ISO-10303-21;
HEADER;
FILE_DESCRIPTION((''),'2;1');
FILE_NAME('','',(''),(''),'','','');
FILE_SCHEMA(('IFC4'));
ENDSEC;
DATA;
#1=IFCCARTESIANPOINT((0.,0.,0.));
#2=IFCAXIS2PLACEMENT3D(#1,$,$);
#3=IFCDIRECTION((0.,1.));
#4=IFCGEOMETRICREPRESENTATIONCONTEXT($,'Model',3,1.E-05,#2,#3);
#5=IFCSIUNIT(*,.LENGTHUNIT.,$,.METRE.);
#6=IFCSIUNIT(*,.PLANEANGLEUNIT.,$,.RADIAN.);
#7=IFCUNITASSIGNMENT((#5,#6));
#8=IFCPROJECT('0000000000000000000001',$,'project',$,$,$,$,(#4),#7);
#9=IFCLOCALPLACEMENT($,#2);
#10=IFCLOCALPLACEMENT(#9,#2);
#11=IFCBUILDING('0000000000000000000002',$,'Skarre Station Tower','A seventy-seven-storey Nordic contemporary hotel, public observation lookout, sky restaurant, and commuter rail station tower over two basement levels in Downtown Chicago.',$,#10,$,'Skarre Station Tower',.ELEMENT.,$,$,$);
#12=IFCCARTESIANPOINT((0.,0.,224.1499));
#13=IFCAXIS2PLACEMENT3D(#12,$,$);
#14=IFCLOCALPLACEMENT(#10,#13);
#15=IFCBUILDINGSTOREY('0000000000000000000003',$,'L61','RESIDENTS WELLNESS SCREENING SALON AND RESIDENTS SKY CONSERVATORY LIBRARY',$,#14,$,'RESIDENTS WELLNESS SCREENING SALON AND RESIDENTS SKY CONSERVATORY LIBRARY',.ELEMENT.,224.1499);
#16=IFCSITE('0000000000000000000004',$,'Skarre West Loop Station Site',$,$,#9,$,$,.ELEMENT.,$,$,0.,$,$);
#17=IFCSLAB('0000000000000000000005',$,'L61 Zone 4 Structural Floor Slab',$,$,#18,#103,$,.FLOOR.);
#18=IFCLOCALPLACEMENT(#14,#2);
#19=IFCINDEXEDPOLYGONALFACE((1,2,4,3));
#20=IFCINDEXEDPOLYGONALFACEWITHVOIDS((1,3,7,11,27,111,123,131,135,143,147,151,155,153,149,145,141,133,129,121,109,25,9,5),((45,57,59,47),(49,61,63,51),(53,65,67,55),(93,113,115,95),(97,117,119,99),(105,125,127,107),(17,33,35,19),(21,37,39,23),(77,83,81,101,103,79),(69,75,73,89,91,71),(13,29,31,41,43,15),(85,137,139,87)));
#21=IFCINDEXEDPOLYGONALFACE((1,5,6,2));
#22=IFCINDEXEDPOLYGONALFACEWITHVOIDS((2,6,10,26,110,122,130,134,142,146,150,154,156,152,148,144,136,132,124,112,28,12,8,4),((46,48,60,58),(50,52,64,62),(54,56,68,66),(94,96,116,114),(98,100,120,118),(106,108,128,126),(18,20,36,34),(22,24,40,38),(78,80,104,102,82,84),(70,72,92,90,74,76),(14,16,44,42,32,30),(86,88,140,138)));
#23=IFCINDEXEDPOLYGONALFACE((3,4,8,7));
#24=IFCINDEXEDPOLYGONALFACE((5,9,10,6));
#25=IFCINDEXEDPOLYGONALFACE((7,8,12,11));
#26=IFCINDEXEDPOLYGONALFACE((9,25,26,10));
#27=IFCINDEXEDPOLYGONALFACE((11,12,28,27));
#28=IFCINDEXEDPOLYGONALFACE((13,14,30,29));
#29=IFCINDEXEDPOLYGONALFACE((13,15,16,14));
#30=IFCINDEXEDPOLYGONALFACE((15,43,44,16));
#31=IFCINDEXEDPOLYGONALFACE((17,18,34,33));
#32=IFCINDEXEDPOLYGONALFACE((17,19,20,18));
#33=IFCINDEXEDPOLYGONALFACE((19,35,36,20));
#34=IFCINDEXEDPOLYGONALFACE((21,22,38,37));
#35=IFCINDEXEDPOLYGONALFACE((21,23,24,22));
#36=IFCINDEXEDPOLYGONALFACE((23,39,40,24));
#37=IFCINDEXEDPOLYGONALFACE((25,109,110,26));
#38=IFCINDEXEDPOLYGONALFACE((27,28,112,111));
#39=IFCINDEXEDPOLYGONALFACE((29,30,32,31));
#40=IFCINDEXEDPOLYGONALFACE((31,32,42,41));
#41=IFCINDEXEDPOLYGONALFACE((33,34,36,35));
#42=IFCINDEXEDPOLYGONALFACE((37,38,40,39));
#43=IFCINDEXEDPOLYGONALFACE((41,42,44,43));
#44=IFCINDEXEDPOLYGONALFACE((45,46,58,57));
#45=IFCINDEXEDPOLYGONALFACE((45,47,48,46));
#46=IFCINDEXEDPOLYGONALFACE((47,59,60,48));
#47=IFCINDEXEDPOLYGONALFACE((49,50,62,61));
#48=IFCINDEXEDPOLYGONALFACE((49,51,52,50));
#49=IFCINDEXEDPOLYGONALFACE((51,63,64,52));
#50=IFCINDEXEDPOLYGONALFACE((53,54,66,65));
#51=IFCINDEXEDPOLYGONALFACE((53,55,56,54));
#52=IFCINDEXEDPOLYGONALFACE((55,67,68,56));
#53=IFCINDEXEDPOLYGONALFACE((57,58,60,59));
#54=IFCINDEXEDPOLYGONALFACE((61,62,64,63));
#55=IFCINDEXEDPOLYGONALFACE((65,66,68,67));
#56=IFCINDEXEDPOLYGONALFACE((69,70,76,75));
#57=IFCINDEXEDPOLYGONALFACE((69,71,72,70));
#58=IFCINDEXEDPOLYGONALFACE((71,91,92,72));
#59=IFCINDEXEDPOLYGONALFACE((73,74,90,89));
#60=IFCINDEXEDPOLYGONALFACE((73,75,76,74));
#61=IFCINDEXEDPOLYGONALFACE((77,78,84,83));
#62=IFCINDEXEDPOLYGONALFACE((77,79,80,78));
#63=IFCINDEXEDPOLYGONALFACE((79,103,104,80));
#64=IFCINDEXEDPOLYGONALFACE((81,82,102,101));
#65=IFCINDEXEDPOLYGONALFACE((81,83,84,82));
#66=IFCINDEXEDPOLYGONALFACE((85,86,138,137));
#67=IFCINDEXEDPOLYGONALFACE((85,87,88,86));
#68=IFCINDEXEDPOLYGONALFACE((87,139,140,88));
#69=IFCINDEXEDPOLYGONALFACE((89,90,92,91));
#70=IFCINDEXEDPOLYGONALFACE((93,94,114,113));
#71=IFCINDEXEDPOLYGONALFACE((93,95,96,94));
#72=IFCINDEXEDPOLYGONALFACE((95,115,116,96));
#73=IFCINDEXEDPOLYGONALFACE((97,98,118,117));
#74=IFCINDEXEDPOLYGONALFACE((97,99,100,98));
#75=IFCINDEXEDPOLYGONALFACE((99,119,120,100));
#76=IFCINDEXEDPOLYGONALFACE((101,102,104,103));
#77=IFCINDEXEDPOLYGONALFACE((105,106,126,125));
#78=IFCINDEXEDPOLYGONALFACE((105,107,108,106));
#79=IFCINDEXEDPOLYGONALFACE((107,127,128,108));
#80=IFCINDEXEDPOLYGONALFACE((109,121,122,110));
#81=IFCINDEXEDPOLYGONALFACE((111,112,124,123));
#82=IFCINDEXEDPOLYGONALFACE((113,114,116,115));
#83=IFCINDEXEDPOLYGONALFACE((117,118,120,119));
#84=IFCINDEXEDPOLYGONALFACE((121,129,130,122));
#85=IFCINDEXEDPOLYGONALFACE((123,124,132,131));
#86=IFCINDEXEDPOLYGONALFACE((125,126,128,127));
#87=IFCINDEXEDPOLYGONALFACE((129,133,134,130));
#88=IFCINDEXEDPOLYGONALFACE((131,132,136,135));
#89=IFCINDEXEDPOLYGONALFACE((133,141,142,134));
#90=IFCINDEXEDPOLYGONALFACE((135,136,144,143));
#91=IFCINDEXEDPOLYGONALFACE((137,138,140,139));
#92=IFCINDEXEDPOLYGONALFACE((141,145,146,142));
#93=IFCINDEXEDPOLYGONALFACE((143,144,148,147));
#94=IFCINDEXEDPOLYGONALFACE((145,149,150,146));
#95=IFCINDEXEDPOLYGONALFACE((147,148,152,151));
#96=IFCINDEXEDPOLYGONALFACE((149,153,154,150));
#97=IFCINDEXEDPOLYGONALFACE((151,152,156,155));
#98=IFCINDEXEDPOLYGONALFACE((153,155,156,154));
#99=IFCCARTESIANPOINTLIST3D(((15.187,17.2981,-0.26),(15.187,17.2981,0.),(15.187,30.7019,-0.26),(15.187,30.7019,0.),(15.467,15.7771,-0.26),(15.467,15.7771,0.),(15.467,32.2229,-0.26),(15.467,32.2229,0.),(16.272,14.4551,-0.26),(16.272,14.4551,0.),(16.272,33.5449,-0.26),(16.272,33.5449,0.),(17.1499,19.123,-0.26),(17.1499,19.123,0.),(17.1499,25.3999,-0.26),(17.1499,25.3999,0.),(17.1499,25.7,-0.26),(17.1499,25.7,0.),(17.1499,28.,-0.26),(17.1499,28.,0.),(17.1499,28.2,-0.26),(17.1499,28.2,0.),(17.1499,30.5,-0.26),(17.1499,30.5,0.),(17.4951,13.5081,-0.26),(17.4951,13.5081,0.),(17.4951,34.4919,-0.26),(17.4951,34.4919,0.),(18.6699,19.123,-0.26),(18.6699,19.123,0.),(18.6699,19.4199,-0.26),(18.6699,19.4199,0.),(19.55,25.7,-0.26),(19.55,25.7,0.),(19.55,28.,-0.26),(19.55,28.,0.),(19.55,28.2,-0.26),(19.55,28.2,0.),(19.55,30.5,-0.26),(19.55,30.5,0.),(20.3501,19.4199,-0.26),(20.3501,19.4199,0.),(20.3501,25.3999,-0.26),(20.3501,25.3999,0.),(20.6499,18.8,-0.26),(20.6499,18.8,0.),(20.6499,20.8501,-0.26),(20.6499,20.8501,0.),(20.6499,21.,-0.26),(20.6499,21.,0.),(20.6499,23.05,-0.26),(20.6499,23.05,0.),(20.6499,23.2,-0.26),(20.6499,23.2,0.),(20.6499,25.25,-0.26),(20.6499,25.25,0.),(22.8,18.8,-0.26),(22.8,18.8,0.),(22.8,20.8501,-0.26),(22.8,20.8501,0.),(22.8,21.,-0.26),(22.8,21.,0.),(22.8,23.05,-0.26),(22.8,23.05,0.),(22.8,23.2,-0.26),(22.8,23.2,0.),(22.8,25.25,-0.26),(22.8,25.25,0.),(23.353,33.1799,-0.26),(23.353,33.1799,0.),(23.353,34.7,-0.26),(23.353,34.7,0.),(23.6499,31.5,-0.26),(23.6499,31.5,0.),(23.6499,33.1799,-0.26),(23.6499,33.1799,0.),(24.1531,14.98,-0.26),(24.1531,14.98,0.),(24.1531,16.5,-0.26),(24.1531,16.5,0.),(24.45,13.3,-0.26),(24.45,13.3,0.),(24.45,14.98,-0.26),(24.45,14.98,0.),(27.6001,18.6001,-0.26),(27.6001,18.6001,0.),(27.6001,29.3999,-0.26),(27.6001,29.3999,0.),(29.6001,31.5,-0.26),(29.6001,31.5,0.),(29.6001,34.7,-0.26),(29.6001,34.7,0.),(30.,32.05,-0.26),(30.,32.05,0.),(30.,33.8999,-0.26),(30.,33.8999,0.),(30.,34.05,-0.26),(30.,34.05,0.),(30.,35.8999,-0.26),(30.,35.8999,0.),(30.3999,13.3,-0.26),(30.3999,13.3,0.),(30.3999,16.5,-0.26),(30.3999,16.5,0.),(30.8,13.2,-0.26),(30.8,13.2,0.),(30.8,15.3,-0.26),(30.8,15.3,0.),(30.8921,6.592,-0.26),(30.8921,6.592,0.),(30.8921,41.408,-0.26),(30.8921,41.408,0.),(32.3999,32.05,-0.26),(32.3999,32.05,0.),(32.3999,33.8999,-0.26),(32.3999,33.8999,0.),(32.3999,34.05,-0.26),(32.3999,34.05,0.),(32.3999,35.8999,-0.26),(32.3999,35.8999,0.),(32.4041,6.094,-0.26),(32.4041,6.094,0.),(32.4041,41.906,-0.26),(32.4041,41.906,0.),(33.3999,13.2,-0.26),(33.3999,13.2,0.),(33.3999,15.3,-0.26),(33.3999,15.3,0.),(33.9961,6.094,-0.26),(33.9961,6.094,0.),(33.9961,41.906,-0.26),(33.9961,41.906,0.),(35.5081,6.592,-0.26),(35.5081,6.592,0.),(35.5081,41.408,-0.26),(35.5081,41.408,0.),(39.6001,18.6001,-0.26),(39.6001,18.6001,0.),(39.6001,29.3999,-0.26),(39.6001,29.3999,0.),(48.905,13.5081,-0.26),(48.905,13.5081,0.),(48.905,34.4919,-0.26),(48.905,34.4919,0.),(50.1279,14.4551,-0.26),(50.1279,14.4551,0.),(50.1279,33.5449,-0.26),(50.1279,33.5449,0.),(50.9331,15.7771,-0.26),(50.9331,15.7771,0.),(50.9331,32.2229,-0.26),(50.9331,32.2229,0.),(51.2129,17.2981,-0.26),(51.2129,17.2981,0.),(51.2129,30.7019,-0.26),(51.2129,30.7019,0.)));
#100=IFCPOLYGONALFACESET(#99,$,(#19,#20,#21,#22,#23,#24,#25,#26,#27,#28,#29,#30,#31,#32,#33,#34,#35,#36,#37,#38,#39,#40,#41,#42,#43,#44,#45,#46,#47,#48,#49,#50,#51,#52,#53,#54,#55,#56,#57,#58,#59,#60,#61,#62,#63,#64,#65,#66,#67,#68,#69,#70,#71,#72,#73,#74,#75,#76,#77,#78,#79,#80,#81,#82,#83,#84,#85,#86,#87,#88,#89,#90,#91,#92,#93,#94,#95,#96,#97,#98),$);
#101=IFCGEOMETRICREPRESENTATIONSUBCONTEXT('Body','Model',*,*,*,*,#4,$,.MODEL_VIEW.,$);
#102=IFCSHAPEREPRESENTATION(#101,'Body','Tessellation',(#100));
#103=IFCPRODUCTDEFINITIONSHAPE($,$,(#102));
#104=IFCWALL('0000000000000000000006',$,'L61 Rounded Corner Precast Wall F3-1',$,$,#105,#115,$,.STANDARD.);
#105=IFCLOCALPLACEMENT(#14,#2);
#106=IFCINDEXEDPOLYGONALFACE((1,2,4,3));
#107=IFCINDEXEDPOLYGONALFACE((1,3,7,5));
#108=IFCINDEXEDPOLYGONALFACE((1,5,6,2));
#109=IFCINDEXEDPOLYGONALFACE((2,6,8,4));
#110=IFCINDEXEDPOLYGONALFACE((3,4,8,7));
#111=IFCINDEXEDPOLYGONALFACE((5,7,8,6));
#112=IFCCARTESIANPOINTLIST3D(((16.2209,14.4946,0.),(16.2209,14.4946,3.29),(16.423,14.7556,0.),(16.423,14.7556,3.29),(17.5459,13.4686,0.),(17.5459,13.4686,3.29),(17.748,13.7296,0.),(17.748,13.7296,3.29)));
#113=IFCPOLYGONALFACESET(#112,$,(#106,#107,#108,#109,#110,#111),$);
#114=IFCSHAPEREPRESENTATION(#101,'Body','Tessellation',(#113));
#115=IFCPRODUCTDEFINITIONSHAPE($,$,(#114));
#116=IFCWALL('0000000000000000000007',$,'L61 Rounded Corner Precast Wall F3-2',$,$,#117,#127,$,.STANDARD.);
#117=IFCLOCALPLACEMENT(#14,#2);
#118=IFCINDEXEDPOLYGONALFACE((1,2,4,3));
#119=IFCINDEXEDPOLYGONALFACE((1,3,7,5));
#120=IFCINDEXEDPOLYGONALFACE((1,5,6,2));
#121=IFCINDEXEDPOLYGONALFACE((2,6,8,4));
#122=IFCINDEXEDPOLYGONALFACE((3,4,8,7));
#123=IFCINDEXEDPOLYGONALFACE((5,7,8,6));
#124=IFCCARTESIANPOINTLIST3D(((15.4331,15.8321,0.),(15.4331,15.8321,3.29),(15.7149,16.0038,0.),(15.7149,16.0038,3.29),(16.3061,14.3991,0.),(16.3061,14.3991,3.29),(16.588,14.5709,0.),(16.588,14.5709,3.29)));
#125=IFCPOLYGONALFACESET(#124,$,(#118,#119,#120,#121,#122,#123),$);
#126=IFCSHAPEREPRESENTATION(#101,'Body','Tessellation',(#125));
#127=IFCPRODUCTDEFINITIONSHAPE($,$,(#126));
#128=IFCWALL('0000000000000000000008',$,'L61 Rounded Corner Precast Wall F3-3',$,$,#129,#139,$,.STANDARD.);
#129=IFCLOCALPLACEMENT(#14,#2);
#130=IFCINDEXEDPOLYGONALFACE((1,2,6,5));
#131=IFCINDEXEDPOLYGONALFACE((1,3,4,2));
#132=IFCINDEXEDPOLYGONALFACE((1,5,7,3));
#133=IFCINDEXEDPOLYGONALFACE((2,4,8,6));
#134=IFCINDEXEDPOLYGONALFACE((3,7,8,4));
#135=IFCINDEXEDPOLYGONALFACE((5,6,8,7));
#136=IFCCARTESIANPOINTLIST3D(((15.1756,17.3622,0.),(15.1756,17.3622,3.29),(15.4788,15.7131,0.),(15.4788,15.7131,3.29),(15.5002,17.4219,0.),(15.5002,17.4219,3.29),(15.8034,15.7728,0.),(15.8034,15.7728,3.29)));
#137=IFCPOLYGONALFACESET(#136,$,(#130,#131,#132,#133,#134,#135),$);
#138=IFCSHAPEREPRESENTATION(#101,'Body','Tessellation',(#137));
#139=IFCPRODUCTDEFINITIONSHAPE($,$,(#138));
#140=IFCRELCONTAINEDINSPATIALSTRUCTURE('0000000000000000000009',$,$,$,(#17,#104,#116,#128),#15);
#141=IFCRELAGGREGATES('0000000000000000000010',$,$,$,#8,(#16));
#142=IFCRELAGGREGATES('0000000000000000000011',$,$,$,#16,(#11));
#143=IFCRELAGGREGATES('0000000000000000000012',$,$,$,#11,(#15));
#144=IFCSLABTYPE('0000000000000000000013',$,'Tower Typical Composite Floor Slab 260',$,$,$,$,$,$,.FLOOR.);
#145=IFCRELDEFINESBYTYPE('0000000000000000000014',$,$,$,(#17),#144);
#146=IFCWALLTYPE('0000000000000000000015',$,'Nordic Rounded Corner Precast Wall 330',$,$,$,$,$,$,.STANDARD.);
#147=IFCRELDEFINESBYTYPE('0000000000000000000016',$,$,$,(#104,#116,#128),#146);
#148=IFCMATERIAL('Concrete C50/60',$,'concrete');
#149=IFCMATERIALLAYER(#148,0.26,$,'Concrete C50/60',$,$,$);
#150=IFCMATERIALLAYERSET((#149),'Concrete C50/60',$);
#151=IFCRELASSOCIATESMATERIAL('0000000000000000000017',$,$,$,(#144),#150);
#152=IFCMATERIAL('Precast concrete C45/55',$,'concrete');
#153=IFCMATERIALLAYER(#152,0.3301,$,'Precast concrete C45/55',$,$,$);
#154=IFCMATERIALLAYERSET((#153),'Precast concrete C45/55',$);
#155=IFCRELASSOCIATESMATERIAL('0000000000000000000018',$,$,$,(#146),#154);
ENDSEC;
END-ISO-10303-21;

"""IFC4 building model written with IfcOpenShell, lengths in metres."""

from ifc_helpers import new_model, si_unit, direction, frame, frame_2d, origin, place, context, subcontext, project, spatial, polyline, rectangle, outline, extrude, material, layer, layer_set, type_object, element, save


model = new_model("IFC4")

# Units and contexts
model_context = context("Model", 3, precision=1e-05, world=origin(), true_north=direction((0.0, 1.0)))
body_context = subcontext(model_context, "Body", "Model", "MODEL_VIEW")
ifc_project = project(units=[si_unit("LENGTHUNIT", "METRE"), si_unit("PLANEANGLEUNIT", "RADIAN")], contexts=[model_context])

# Site, building, storey
site_placement = place(None, origin())
site = spatial("IfcSite", under=ifc_project, at=site_placement, Name="Skarre West Loop Station Site", CompositionType="ELEMENT", RefElevation=0.0)
building_placement = place(site_placement, origin())
building = spatial("IfcBuilding", under=site, at=building_placement, Name="Skarre Station Tower", Description="A seventy-seven-storey Nordic contemporary hotel, public observation lookout, sky restaurant, and commuter rail station tower over two basement levels in Downtown Chicago.", LongName="Skarre Station Tower", CompositionType="ELEMENT")
storey_placement = place(building_placement, frame((0.0, 0.0, 224.1499)))
storey = spatial("IfcBuildingStorey", under=building, at=storey_placement, Name="L61", Description="RESIDENTS WELLNESS SCREENING SALON AND RESIDENTS SKY CONSERVATORY LIBRARY", LongName="RESIDENTS WELLNESS SCREENING SALON AND RESIDENTS SKY CONSERVATORY LIBRARY", CompositionType="ELEMENT", Elevation=224.1499)

# Slab
ifc_material_1 = material(Name="Concrete C50/60", Category="concrete")
ifc_layer_1 = layer(ifc_material_1, 0.26, Name="Concrete C50/60")
ifc_layer_set_1 = layer_set([ifc_layer_1], Name="Concrete C50/60")
slab_type_1 = type_object("IfcSlabType", Name="Tower Typical Composite Floor Slab 260", PredefinedType="FLOOR", material=ifc_layer_set_1)
slab_1_placement = place(storey_placement, frame((0.0, 0.0, -0.26)))
element("IfcSlab", 1, at=slab_1_placement, inside=storey, type_object=slab_type_1, Name="L61 Zone 4 Structural Floor Slab", PredefinedType="FLOOR", context=body_context, shape_type="SweptSolid", body=[
    extrude(outline(polyline([(51.2129, 30.7019), (50.9331, 32.2229), (50.1279, 33.5449), (48.905, 34.4919), (35.5081, 41.408), (33.9961, 41.906), (32.4041, 41.906), (30.8921, 41.408), (17.4951, 34.4919), (16.272, 33.5449), (15.467, 32.2229), (15.187, 30.7019), (15.187, 17.2981), (15.467, 15.7771), (16.272, 14.4551), (17.4951, 13.5081), (30.8921, 6.592), (32.4041, 6.094), (33.9961, 6.094), (35.5081, 6.592), (48.905, 13.5081), (50.1279, 14.4551), (50.9331, 15.7771), (51.2129, 17.2981), (51.2129, 30.7019)]), holes=[polyline([(18.6699, 19.4199), (18.6699, 19.123), (17.1499, 19.123), (17.1499, 25.3999), (20.3501, 25.3999), (20.3501, 19.4199), (18.6699, 19.4199)]), polyline([(24.45, 14.98), (24.1531, 14.98), (24.1531, 16.5), (30.3999, 16.5), (30.3999, 13.3), (24.45, 13.3), (24.45, 14.98)]), polyline([(23.6499, 33.1799), (23.353, 33.1799), (23.353, 34.7), (29.6001, 34.7), (29.6001, 31.5), (23.6499, 31.5), (23.6499, 33.1799)]), polyline([(17.1499, 28.0), (19.55, 28.0), (19.55, 25.7), (17.1499, 25.7), (17.1499, 28.0)]), polyline([(17.1499, 30.5), (19.55, 30.5), (19.55, 28.2), (17.1499, 28.2), (17.1499, 30.5)]), polyline([(30.8, 15.3), (33.3999, 15.3), (33.3999, 13.2), (30.8, 13.2), (30.8, 15.3)]), polyline([(20.6499, 20.8501), (22.8, 20.8501), (22.8, 18.8), (20.6499, 18.8), (20.6499, 20.8501)]), polyline([(20.6499, 23.05), (22.8, 23.05), (22.8, 21.0), (20.6499, 21.0), (20.6499, 23.05)]), polyline([(20.6499, 25.25), (22.8, 25.25), (22.8, 23.2), (20.6499, 23.2), (20.6499, 25.25)]), polyline([(30.0, 33.8999), (32.3999, 33.8999), (32.3999, 32.05), (30.0, 32.05), (30.0, 33.8999)]), polyline([(30.0, 35.8999), (32.3999, 35.8999), (32.3999, 34.05), (30.0, 34.05), (30.0, 35.8999)]), polyline([(27.6001, 29.3999), (39.6001, 29.3999), (39.6001, 18.6001), (27.6001, 18.6001), (27.6001, 29.3999)])]), origin(), (0.0, 0.0, 1.0), 0.26),
])

# Walls
ifc_material_2 = material(Name="Precast concrete C45/55", Category="concrete")
ifc_layer_2 = layer(ifc_material_2, 0.3301, Name="Precast concrete C45/55")
ifc_layer_set_2 = layer_set([ifc_layer_2], Name="Precast concrete C45/55")
wall_type_1 = type_object("IfcWallType", Name="Nordic Rounded Corner Precast Wall 330", PredefinedType="STANDARD", material=ifc_layer_set_2)
wall_1_placement = place(storey_placement, frame((17.647, 13.5991, 0.0), z_axis=(0.0, 0.0, 1.0), x_axis=(-0.790692, 0.612214, 0.0)))
element("IfcWall", 2, at=wall_1_placement, inside=storey, type_object=wall_type_1, Name="L61 Rounded Corner Precast Wall F3-1", PredefinedType="STANDARD", context=body_context, shape_type="SweptSolid", body=[
    extrude(rectangle(XDim=1.6758, YDim=0.3301, at=frame_2d((0.8379, 0.0))), origin(), (0.0, 0.0, 1.0), 3.29),
])
wall_2_placement = place(storey_placement, frame((16.447, 14.4851, 0.0), z_axis=(0.0, 0.0, 1.0), x_axis=(-0.520325, 0.853968, 0.0)))
element("IfcWall", 3, at=wall_2_placement, inside=storey, type_object=wall_type_1, Name="L61 Rounded Corner Precast Wall F3-2", PredefinedType="STANDARD", context=body_context, shape_type="SweptSolid", body=[
    extrude(rectangle(XDim=1.678, YDim=0.3301, at=frame_2d((0.8389, 0.0))), origin(), (0.0, 0.0, 1.0), 3.29),
])
wall_3_placement = place(storey_placement, frame((15.6411, 15.7429, 0.0), z_axis=(0.0, 0.0, 1.0), x_axis=(-0.180833, 0.983514, 0.0)))
element("IfcWall", 4, at=wall_3_placement, inside=storey, type_object=wall_type_1, Name="L61 Rounded Corner Precast Wall F3-3", PredefinedType="STANDARD", context=body_context, shape_type="SweptSolid", body=[
    extrude(rectangle(XDim=1.6768, YDim=0.3301, at=frame_2d((0.8384, 0.0))), origin(), (0.0, 0.0, 1.0), 3.29),
])

save(model, "model.ifc")
